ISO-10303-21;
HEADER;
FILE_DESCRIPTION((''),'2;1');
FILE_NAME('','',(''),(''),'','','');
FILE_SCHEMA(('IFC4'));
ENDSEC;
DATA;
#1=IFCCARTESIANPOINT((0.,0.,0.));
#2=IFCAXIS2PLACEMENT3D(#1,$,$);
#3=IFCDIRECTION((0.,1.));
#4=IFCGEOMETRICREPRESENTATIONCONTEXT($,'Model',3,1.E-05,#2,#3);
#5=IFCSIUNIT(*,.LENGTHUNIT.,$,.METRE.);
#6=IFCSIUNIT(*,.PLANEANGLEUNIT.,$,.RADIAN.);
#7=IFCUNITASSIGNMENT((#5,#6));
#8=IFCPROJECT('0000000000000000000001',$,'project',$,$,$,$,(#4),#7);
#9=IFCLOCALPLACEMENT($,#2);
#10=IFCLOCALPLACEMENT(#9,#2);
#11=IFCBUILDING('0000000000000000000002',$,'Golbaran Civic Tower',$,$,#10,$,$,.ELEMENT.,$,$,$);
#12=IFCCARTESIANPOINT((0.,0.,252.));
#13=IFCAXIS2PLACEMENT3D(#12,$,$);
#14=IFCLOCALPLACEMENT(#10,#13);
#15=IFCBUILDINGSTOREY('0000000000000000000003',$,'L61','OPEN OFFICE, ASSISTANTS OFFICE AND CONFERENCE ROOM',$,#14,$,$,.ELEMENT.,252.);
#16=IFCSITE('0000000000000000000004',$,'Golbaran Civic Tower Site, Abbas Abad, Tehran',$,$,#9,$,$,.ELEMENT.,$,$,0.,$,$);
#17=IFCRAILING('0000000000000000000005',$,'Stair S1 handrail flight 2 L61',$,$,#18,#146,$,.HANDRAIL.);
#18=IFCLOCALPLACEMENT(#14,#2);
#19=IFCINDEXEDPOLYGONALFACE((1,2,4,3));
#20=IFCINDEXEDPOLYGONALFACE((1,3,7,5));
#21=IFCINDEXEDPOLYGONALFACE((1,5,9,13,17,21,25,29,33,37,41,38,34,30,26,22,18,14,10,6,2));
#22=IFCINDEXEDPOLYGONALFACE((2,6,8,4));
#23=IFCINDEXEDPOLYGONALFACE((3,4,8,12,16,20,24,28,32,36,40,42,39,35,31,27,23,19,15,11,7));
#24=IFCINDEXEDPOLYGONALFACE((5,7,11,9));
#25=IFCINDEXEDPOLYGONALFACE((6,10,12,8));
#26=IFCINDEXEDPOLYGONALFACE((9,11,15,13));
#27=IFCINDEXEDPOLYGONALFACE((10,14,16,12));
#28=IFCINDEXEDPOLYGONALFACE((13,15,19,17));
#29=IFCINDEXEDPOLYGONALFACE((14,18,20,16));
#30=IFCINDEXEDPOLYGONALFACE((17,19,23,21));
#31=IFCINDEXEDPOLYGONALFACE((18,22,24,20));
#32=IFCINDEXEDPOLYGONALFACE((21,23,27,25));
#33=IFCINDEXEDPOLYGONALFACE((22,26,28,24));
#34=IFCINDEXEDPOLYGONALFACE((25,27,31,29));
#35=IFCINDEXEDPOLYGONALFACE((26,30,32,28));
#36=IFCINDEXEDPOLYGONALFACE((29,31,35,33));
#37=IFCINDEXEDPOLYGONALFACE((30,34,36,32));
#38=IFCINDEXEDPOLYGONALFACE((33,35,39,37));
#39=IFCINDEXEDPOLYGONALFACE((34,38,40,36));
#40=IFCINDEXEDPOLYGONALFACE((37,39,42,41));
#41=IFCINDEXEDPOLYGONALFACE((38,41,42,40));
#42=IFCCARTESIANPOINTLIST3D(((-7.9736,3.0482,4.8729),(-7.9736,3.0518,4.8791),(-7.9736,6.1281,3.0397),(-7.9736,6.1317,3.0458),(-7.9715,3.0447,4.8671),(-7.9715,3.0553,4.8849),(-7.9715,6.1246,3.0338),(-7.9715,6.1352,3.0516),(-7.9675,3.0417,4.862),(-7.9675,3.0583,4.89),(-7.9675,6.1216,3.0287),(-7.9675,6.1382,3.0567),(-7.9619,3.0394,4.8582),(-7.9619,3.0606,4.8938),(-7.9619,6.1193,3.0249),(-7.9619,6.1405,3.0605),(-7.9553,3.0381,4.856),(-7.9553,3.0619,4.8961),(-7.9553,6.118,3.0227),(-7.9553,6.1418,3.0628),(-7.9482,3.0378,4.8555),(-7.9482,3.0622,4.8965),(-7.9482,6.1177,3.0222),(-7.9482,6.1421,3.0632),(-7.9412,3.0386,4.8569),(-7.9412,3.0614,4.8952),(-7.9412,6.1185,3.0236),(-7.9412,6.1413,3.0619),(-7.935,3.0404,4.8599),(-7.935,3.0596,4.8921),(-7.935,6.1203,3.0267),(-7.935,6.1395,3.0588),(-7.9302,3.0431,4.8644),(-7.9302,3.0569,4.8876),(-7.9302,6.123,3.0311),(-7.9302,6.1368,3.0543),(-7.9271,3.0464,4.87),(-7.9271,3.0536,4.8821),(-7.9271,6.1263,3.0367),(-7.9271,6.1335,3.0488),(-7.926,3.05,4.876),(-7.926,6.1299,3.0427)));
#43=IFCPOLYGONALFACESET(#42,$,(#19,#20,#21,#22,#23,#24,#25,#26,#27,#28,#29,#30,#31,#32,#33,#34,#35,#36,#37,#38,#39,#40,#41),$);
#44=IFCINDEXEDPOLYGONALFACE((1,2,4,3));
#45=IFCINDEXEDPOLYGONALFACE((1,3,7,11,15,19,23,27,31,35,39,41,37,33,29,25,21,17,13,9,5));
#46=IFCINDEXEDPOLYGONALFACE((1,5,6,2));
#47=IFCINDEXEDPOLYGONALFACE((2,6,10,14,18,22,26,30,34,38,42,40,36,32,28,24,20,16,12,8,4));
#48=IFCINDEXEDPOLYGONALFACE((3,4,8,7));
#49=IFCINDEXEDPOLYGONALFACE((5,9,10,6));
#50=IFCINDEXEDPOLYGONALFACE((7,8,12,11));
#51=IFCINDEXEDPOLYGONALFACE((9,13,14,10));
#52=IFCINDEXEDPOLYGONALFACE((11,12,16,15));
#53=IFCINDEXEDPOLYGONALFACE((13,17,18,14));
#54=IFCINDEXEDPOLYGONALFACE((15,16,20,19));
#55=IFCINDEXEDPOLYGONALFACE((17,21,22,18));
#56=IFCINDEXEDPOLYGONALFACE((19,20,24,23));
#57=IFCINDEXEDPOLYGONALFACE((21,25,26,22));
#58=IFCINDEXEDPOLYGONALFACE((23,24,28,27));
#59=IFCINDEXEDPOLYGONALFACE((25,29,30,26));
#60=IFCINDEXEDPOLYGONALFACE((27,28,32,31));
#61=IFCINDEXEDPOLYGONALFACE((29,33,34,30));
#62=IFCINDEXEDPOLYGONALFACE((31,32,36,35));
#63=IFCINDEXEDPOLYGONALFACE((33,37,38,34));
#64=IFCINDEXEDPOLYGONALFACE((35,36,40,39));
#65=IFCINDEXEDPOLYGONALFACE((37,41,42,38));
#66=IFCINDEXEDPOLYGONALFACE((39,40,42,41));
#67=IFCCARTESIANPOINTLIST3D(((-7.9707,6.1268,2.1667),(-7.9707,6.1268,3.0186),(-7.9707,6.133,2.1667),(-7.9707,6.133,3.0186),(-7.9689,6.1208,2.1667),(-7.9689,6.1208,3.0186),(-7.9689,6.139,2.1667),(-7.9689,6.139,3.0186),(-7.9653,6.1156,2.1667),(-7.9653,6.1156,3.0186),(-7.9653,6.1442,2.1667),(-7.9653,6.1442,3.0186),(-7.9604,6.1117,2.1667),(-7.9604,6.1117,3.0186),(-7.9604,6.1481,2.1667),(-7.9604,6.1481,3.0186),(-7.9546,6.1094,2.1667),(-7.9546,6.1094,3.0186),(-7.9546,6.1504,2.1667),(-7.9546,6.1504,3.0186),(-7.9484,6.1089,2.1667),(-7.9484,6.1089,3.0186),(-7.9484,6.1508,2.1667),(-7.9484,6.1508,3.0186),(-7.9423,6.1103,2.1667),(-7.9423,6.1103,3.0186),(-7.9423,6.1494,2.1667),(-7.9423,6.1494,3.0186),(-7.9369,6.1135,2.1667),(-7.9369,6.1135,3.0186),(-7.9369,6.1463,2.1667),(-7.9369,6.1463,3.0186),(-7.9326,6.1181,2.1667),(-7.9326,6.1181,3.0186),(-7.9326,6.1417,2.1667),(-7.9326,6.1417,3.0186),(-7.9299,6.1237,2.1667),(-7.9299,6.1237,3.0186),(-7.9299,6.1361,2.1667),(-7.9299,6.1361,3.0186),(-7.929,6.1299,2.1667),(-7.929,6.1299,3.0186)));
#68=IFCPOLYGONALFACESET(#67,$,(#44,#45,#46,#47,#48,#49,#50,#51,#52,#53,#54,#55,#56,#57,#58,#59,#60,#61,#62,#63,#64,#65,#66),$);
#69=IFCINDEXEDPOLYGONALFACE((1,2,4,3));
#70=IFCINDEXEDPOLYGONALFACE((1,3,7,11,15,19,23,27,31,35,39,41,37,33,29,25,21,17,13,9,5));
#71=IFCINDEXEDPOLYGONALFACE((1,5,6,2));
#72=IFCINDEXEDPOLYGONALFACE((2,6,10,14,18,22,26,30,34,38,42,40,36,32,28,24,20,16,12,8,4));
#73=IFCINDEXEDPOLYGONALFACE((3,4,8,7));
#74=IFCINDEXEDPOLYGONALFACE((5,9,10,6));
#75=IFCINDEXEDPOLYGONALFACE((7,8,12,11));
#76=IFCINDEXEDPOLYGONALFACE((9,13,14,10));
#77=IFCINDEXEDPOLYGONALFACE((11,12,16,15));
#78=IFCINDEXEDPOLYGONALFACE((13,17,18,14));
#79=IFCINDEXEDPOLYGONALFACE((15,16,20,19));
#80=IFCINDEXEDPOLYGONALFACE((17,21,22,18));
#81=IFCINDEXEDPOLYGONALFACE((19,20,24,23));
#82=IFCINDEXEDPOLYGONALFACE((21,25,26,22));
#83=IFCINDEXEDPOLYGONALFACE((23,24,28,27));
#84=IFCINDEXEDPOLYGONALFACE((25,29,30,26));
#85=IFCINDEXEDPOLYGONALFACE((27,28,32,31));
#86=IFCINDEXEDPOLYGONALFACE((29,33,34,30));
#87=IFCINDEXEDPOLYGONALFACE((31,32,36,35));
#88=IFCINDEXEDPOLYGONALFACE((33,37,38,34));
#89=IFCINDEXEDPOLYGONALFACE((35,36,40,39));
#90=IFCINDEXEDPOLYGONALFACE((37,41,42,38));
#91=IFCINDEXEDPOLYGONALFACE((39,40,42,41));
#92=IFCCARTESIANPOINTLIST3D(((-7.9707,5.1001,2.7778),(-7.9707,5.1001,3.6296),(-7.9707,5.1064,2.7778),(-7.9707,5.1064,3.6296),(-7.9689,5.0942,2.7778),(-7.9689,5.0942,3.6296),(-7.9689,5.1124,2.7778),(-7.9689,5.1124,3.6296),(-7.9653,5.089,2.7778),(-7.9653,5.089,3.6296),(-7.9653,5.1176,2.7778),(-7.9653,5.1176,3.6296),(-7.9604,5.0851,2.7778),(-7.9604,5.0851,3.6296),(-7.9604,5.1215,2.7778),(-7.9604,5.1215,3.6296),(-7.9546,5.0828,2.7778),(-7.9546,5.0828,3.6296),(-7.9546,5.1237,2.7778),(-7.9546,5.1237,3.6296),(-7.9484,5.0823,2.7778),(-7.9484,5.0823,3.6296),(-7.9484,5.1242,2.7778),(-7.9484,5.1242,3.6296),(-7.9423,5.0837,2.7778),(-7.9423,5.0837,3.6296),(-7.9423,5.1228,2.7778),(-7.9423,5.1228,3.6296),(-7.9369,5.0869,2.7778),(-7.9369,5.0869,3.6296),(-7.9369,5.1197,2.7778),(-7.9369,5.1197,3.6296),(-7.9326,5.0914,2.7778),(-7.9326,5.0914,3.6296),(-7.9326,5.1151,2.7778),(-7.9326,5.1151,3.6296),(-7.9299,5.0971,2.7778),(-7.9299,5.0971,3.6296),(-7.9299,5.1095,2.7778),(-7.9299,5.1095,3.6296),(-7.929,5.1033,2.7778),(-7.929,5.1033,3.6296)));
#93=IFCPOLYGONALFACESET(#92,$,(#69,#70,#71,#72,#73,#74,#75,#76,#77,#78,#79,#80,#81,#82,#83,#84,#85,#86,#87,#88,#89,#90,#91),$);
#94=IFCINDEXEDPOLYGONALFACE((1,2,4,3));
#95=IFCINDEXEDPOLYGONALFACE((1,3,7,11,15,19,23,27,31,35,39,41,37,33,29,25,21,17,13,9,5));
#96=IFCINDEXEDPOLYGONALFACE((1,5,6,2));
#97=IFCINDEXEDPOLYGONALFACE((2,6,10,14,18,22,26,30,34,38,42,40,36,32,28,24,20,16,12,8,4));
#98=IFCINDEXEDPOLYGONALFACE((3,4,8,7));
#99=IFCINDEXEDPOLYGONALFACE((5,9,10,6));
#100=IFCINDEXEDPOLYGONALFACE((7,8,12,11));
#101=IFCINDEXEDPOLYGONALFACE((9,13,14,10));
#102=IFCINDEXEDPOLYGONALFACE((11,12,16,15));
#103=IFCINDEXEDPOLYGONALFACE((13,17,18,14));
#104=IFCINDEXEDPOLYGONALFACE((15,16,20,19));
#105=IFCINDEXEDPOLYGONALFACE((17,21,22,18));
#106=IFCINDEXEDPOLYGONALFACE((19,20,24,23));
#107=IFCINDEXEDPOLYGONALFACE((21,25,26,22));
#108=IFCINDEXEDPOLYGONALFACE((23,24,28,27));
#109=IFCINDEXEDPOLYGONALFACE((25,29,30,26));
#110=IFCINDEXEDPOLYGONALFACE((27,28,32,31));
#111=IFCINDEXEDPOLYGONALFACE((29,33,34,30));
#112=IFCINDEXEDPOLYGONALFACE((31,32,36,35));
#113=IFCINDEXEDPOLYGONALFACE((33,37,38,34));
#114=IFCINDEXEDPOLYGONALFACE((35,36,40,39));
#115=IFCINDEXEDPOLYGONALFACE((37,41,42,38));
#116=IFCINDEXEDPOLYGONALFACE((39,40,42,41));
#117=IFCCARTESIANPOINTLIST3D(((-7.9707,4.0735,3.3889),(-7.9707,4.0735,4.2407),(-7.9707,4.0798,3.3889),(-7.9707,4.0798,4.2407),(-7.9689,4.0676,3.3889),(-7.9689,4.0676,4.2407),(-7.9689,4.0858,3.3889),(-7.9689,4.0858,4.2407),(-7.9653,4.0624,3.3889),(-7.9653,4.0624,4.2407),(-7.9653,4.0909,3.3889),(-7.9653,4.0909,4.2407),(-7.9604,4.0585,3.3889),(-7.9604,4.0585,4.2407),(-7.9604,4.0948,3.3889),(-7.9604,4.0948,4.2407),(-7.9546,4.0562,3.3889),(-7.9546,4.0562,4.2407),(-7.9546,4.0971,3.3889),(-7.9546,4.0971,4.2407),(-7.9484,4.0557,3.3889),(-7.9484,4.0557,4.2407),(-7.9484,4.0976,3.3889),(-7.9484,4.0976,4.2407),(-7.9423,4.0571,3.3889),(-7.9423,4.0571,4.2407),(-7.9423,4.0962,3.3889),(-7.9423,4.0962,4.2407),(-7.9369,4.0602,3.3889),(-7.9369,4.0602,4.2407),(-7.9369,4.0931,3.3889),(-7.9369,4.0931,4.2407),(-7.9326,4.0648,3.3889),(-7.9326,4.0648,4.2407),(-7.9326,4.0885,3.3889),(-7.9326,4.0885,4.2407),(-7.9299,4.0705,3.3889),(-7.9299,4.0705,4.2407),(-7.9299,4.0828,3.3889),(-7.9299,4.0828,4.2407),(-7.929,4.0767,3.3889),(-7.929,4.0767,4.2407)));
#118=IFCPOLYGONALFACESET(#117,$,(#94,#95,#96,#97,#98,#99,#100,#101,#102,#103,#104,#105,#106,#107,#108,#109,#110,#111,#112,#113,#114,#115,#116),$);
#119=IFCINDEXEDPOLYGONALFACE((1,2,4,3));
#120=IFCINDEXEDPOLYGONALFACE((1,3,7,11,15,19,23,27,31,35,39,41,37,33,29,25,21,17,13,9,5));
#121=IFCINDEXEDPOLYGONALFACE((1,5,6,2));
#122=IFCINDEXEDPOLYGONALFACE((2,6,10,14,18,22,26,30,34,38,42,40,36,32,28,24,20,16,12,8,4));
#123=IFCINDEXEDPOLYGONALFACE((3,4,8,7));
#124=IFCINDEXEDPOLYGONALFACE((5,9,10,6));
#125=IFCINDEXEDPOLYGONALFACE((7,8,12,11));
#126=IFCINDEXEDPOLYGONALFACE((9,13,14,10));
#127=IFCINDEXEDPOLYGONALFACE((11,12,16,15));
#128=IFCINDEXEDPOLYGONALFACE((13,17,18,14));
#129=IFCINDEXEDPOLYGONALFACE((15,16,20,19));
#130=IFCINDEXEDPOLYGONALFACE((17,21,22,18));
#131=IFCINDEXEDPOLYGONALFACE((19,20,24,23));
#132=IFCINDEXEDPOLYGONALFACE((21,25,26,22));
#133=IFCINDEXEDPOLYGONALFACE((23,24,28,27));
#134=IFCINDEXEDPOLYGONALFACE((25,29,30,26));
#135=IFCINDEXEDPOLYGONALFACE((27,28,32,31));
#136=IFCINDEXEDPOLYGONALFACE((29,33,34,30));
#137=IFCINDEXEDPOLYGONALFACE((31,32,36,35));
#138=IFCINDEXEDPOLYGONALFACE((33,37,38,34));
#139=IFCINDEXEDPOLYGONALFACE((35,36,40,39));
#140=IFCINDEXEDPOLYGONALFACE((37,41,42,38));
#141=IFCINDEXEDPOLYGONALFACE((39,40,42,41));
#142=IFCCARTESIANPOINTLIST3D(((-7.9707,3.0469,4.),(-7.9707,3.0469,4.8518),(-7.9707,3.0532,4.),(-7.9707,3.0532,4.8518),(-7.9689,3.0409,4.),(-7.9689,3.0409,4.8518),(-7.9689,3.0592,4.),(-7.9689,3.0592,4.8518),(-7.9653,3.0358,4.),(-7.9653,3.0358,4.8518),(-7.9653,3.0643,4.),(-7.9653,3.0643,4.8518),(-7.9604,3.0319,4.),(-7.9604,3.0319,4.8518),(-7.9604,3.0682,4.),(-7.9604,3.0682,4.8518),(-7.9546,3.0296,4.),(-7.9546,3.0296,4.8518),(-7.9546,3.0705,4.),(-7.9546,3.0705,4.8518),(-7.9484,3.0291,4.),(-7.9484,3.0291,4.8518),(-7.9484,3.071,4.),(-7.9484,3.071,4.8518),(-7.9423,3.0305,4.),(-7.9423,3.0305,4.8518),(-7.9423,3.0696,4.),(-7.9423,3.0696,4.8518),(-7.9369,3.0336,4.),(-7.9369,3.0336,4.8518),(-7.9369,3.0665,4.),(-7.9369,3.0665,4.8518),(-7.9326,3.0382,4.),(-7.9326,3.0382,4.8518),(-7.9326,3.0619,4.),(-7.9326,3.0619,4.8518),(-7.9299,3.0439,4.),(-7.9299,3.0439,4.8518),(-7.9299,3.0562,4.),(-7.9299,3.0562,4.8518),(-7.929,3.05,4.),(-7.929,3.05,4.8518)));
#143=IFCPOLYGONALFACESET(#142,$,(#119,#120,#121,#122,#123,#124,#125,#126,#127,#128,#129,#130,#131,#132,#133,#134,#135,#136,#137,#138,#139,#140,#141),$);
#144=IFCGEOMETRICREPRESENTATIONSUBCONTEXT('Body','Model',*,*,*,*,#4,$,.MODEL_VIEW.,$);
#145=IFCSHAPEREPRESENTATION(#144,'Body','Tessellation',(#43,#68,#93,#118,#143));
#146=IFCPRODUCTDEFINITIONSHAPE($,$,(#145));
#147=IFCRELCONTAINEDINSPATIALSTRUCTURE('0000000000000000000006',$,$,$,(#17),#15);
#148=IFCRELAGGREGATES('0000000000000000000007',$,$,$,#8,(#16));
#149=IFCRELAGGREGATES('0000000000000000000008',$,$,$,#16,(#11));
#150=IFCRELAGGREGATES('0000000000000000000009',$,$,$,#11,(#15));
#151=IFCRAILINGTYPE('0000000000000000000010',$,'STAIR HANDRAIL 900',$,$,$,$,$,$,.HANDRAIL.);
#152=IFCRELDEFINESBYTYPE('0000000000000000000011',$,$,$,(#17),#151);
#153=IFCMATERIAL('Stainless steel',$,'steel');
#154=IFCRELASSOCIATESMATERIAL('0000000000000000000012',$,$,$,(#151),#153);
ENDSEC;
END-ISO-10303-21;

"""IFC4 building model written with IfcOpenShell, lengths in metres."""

from ifc_helpers import new_model, si_unit, direction, frame, origin, origin_2d, place, context, subcontext, project, spatial, circle, extrude, material, type_object, element, save


model = new_model("IFC4")

# Units and contexts
model_context = context("Model", 3, precision=1e-05, world=origin(), true_north=direction((0.0, 1.0)))
body_context = subcontext(model_context, "Body", "Model", "MODEL_VIEW")
ifc_project = project(units=[si_unit("LENGTHUNIT", "METRE"), si_unit("PLANEANGLEUNIT", "RADIAN")], contexts=[model_context])

# Site, building, storey
site_placement = place(None, origin())
site = spatial("IfcSite", under=ifc_project, at=site_placement, Name="Golbaran Civic Tower Site, Abbas Abad, Tehran", CompositionType="ELEMENT", RefElevation=0.0)
building_placement = place(site_placement, origin())
building = spatial("IfcBuilding", under=site, at=building_placement, Name="Golbaran Civic Tower", CompositionType="ELEMENT")
storey_placement = place(building_placement, frame((0.0, 0.0, 252.0)))
storey = spatial("IfcBuildingStorey", under=building, at=storey_placement, Name="L61", Description="OPEN OFFICE, ASSISTANTS OFFICE AND CONFERENCE ROOM", CompositionType="ELEMENT", Elevation=252.0)

# Shared definitions
ifc_material_1 = material(Name="Stainless steel", Category="steel")

# Railing
railing_type = type_object("IfcRailingType", Name="STAIR HANDRAIL 900", PredefinedType="HANDRAIL", material=ifc_material_1)
railing_1_placement = place(storey_placement, frame((-7.95, 6.1299, 2.1667)))
element("IfcRailing", 1, at=railing_1_placement, inside=storey, type_object=railing_type, Name="Stair S1 handrail flight 2 L61", PredefinedType="HANDRAIL", context=body_context, shape_type="SweptSolid", body=[
    extrude(circle(Radius=0.0239, at=origin_2d()), frame((0.0, 0.0, 0.876), z_axis=(0.0, -0.859291, 0.511487), x_axis=(1.0, 0.0, 0.0)), (0.0, 0.0, 1.0), 3.5842),
    extrude(circle(Radius=0.021, at=origin_2d()), origin(), (0.0, 0.0, 1.0), 0.8518),
    extrude(circle(Radius=0.021, at=origin_2d()), frame((0.0, -1.0266, 0.6111)), (0.0, 0.0, 1.0), 0.8518),
    extrude(circle(Radius=0.021, at=origin_2d()), frame((0.0, -2.0532, 1.2222)), (0.0, 0.0, 1.0), 0.8518),
    extrude(circle(Radius=0.021, at=origin_2d()), frame((0.0, -3.0798, 1.8333)), (0.0, 0.0, 1.0), 0.8518),
])

save(model, "model.ifc")
